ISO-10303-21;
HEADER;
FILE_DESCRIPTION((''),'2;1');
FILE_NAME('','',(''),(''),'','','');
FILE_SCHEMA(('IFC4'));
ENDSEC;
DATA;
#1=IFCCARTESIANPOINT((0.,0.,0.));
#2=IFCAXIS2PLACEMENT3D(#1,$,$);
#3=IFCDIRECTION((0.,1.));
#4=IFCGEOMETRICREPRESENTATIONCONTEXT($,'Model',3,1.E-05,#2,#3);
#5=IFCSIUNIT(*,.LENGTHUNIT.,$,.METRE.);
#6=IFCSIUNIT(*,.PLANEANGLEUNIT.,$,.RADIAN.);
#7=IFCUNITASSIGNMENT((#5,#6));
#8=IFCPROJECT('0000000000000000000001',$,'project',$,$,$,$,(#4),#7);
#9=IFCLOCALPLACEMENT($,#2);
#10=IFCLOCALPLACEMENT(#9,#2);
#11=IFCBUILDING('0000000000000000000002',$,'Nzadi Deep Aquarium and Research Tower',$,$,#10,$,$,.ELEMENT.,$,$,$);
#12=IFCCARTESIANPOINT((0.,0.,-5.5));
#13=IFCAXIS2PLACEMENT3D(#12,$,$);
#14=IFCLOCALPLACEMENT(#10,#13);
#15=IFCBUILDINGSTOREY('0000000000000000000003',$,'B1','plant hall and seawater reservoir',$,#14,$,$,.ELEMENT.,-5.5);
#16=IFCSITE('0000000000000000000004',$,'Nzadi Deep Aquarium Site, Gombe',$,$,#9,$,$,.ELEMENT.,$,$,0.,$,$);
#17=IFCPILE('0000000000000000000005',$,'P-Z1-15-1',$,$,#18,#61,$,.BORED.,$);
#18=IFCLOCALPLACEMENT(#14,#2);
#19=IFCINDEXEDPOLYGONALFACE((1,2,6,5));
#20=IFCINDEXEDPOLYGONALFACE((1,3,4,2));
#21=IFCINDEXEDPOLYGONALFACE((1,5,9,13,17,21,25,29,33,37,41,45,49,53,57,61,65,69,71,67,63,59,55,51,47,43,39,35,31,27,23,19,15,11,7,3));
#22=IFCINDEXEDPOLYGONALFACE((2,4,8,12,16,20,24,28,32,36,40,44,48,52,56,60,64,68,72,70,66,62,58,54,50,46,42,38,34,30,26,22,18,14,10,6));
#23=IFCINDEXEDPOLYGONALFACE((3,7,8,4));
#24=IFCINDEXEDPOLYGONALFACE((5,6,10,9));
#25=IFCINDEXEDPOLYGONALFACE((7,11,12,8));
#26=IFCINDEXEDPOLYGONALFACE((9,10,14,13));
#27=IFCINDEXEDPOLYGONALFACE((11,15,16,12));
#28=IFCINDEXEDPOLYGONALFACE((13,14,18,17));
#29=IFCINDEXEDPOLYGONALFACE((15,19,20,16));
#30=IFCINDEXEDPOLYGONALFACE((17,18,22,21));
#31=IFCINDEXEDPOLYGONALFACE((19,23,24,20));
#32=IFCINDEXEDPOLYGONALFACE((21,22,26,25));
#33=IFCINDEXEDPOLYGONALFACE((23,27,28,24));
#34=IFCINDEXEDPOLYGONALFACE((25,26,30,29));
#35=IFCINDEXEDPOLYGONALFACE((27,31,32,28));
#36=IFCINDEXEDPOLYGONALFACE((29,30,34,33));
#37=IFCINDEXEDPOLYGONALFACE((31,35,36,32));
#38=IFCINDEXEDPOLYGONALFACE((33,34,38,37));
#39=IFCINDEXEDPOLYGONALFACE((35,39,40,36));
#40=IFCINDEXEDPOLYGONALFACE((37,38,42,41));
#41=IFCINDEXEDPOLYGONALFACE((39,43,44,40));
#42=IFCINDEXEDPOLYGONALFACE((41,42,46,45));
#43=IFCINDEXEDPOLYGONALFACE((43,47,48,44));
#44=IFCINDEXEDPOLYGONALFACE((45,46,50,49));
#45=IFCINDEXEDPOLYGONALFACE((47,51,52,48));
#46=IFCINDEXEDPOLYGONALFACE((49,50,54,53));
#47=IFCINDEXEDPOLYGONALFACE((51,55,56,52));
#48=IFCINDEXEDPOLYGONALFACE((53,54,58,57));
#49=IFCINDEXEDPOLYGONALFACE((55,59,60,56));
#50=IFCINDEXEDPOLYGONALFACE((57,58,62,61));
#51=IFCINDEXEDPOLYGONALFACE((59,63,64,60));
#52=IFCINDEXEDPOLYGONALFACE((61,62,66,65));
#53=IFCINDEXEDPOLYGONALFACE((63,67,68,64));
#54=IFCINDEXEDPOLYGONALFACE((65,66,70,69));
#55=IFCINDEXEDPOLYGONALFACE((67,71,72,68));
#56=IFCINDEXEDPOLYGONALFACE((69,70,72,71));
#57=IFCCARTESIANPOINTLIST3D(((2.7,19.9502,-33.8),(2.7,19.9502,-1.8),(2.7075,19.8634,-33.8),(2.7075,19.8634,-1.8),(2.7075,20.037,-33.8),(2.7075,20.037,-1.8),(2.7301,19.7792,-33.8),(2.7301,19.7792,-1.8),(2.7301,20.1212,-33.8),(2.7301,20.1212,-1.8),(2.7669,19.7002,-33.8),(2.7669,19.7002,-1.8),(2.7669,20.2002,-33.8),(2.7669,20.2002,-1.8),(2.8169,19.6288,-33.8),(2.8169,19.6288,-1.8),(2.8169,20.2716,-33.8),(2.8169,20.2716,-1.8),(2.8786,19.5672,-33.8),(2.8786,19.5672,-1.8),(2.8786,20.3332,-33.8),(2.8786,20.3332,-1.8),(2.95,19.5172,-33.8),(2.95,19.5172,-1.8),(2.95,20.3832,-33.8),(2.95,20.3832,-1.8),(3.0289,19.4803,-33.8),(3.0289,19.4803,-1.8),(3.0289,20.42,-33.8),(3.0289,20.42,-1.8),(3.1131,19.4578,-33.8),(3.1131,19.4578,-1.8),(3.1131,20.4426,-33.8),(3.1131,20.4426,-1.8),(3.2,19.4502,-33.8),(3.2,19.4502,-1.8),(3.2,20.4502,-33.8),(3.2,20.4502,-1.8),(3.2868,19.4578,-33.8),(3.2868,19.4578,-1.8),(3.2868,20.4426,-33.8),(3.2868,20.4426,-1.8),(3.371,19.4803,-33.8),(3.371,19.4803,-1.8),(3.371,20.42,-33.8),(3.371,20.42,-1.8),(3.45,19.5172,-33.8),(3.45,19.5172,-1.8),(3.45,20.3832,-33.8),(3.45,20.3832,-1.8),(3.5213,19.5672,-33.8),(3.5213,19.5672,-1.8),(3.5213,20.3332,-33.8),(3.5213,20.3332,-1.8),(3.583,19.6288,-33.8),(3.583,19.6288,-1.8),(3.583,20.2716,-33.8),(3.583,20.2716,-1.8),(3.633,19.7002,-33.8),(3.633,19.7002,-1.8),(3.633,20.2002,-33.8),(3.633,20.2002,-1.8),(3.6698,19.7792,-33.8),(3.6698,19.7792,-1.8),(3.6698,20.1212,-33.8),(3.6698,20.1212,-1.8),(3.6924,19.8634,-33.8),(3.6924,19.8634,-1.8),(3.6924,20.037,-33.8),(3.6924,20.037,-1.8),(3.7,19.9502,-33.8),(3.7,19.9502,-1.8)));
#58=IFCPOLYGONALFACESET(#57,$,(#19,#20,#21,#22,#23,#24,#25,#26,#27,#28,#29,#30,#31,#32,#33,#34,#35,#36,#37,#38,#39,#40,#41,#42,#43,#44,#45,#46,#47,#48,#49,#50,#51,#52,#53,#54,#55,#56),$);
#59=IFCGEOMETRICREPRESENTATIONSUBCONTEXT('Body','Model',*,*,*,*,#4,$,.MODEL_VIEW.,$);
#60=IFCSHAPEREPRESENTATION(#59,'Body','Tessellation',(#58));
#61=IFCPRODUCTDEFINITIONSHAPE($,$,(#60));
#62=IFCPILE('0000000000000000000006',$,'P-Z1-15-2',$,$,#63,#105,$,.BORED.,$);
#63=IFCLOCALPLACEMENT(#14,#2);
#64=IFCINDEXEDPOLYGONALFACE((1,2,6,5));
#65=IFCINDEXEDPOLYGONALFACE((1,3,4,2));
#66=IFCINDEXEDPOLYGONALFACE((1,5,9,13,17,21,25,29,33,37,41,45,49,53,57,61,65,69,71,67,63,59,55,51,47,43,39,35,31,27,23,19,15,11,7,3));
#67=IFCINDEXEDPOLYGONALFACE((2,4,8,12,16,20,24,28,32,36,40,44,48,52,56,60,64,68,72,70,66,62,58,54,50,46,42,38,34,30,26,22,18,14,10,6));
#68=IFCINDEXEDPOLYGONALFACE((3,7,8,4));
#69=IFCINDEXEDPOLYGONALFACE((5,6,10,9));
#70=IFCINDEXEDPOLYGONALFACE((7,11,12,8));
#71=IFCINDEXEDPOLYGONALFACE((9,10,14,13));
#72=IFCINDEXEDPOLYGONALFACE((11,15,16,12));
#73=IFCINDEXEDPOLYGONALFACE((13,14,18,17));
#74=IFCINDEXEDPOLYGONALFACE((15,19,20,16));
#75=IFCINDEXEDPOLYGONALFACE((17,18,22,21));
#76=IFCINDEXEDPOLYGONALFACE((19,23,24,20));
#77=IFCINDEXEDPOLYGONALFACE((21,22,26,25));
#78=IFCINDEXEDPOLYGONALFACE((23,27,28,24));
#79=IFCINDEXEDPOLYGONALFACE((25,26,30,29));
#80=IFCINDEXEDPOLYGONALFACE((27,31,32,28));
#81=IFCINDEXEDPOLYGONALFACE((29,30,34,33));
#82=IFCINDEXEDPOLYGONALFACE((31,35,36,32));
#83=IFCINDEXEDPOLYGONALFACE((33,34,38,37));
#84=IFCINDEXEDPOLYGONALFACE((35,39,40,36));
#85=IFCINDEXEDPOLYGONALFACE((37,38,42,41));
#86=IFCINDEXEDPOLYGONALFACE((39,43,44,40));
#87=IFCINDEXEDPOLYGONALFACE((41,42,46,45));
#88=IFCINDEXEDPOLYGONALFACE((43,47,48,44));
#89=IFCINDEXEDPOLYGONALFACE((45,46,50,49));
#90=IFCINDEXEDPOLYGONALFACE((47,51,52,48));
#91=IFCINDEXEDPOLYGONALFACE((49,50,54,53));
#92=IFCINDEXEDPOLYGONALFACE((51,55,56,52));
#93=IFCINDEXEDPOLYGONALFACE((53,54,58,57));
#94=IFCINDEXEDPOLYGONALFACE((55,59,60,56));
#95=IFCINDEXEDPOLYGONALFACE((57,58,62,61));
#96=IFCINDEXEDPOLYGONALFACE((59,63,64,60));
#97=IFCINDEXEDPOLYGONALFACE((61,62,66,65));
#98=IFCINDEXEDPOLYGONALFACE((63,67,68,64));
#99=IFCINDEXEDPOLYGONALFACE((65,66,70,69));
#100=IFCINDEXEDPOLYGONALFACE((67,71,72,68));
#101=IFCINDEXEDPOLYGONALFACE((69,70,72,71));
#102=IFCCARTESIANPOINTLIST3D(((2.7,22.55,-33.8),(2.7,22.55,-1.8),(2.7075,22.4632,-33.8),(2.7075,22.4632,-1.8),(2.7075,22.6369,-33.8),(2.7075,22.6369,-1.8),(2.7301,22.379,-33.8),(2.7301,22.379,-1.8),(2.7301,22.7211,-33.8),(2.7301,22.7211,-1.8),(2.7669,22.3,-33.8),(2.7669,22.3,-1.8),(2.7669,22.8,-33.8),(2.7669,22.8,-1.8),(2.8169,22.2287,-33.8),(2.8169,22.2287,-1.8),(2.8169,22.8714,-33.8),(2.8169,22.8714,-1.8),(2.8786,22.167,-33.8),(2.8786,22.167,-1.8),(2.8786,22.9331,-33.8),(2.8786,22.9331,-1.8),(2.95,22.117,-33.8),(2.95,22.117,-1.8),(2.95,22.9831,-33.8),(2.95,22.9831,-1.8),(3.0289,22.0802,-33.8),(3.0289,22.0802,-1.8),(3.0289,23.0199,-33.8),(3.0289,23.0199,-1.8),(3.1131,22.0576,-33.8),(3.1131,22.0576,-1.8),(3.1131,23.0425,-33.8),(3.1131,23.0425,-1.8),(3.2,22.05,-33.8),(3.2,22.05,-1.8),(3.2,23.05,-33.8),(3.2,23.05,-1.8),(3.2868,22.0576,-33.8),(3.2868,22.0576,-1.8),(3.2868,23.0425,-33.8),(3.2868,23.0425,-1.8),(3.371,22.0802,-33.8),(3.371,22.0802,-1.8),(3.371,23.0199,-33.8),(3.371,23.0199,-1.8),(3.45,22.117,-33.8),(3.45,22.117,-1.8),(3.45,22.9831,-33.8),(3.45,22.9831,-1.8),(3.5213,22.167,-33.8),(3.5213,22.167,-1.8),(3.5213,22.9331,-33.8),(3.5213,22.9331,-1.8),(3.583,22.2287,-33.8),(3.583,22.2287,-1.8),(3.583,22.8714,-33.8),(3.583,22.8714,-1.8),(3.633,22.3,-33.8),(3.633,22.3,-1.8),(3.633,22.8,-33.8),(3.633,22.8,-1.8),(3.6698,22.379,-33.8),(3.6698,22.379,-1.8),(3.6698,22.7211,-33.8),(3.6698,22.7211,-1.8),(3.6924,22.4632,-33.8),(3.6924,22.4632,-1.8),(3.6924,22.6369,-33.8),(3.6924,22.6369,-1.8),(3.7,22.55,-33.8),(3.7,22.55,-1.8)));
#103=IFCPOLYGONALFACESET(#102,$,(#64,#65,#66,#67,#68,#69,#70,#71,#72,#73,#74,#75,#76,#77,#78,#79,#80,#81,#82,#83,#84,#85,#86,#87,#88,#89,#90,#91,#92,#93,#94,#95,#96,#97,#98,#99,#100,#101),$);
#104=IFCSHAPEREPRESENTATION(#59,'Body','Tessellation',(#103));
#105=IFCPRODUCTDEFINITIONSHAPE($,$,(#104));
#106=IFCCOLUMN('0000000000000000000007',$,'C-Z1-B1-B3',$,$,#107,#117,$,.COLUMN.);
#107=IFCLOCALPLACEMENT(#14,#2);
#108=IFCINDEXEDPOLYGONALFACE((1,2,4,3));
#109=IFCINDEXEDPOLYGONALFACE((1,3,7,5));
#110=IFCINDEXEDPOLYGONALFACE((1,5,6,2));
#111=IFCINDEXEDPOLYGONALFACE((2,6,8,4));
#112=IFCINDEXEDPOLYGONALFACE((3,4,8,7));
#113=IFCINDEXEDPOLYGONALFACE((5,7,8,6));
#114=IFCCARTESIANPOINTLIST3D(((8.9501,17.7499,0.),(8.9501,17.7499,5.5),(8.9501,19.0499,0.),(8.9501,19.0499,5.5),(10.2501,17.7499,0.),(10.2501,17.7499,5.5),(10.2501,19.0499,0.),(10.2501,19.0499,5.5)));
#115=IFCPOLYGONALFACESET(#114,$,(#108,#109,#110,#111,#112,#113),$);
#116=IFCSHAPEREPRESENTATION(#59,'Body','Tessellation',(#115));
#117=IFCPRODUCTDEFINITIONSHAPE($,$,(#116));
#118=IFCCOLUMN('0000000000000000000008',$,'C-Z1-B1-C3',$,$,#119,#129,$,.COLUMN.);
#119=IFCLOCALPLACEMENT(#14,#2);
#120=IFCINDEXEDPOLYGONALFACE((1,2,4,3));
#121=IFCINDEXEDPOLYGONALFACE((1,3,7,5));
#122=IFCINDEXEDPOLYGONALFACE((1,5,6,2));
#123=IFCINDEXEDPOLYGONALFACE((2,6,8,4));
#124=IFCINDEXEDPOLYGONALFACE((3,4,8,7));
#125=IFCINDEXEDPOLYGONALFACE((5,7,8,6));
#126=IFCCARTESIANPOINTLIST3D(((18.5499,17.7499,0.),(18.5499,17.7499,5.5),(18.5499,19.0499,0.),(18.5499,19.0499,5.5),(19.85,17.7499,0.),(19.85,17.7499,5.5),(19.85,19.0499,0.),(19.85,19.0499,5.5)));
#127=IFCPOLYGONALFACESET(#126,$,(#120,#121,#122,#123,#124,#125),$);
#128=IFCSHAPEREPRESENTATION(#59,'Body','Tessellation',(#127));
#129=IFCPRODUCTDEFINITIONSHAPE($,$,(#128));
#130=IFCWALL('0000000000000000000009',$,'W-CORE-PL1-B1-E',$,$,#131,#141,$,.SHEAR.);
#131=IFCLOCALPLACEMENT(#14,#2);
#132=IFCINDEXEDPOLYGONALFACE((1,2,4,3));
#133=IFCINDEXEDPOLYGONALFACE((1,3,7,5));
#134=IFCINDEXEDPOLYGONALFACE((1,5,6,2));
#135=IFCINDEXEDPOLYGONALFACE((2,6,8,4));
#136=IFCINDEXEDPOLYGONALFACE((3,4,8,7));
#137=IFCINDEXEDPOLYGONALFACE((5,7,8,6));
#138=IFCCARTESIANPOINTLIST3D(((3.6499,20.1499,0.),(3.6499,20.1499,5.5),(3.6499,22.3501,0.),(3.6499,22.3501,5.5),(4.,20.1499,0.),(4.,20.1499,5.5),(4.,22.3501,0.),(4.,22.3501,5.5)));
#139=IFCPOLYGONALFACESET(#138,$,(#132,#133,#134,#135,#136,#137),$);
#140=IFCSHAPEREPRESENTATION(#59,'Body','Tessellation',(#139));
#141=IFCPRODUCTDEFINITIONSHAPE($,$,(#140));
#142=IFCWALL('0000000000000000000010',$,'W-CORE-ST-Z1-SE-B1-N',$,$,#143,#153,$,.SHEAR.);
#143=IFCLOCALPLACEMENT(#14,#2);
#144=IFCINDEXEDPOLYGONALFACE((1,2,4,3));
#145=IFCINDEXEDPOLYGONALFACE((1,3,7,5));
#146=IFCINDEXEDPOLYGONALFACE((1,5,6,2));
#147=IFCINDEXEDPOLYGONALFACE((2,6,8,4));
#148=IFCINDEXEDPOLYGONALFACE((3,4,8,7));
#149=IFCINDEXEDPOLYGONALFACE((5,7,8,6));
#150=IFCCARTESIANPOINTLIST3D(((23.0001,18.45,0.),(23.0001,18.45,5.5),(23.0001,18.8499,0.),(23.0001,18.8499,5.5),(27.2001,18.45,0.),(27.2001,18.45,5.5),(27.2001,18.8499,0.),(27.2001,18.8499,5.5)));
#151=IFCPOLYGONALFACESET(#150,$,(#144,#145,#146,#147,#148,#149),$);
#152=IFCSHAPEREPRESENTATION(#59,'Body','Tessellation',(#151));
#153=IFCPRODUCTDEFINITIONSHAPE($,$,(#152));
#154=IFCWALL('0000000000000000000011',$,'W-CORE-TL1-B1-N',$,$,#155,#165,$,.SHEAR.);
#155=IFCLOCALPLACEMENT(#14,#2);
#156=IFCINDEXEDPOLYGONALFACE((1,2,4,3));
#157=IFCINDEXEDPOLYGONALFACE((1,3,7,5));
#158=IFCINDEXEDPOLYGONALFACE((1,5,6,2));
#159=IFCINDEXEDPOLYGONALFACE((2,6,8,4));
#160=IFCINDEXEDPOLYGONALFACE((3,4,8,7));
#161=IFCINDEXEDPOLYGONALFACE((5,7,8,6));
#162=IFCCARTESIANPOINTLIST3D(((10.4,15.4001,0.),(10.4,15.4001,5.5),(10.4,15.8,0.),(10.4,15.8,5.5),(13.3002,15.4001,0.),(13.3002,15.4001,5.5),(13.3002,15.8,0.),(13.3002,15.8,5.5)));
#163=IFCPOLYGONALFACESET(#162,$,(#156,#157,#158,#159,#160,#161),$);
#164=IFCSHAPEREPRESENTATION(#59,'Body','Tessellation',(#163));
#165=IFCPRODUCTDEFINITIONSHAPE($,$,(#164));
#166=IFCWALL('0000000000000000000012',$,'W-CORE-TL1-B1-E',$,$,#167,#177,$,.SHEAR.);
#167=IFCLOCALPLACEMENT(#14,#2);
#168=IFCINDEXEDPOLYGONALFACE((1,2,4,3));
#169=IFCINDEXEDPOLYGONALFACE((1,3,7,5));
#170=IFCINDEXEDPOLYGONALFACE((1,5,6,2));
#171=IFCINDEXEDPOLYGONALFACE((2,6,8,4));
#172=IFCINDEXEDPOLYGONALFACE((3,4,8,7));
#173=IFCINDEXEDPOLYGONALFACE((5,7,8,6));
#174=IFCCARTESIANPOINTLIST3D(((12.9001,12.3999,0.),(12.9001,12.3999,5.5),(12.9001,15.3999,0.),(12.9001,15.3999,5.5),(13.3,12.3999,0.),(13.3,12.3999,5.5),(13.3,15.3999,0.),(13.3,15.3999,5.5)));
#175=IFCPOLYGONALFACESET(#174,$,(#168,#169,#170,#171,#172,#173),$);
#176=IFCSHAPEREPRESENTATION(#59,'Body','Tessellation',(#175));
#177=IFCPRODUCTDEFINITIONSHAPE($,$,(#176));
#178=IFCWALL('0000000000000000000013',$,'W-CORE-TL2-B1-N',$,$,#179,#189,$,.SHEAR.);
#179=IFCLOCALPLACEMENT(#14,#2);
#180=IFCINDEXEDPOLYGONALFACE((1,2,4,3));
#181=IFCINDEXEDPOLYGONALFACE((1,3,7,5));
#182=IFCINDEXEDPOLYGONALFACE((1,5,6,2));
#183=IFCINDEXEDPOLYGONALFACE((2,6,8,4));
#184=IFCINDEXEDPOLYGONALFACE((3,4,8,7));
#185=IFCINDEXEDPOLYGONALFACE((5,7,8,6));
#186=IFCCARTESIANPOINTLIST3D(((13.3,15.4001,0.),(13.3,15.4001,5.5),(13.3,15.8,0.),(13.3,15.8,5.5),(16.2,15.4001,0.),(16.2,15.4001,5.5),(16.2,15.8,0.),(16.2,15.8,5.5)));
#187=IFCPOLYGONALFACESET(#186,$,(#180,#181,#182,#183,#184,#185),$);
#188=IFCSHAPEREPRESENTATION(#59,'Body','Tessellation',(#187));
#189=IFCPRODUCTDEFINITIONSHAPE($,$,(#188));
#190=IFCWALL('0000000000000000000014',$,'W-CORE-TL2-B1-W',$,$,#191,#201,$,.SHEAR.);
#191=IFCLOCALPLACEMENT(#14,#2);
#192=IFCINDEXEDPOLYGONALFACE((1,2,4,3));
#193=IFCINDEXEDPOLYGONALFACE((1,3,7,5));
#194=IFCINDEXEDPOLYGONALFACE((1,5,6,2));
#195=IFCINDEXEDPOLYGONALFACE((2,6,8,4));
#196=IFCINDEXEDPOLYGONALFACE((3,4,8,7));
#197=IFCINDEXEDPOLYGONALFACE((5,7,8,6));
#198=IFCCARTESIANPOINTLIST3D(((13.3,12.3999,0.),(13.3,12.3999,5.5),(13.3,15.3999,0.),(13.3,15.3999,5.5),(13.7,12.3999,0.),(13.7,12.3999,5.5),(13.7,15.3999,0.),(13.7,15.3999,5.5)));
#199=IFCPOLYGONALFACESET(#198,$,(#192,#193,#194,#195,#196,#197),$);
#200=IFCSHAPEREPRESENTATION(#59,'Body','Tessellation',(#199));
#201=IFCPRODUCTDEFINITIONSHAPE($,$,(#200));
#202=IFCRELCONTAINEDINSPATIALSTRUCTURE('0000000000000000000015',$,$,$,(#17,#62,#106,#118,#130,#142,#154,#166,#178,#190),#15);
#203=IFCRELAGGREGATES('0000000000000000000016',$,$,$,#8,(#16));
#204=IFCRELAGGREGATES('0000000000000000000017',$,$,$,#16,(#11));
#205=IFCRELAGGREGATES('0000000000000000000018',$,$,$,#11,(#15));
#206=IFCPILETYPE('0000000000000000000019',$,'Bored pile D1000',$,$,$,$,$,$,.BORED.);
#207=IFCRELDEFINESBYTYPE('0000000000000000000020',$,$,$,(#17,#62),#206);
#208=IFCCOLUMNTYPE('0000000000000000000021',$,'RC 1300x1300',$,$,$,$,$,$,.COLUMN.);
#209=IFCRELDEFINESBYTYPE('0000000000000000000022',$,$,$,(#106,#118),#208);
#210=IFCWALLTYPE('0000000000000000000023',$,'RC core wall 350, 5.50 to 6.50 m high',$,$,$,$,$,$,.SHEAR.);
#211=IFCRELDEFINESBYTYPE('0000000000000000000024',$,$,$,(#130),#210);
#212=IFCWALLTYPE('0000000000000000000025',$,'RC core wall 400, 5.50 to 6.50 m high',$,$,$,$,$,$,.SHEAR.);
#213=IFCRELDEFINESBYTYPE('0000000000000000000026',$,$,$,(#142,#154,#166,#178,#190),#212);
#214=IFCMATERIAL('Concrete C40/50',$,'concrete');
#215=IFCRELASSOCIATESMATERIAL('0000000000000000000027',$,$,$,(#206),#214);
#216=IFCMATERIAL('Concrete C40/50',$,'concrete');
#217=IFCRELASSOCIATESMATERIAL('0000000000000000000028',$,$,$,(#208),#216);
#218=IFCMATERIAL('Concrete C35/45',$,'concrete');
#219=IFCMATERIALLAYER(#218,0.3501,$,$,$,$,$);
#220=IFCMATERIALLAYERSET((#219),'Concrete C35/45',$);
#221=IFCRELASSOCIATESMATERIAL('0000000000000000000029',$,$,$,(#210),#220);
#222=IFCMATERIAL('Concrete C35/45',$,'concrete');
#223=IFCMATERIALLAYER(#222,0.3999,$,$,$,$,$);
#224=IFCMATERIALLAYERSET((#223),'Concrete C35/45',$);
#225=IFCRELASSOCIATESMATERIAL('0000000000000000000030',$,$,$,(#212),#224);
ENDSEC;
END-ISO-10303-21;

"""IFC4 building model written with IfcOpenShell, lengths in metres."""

from ifc_helpers import new_model, si_unit, direction, frame, frame_2d, origin, origin_2d, place, context, subcontext, project, spatial, rectangle, circle, extrude, material, layer, layer_set, material_profile, profile_set, type_object, element, save


model = new_model("IFC4")

# Units and contexts
model_context = context("Model", 3, precision=1e-05, world=origin(), true_north=direction((0.0, 1.0)))
body_context = subcontext(model_context, "Body", "Model", "MODEL_VIEW")
ifc_project = project(units=[si_unit("LENGTHUNIT", "METRE"), si_unit("PLANEANGLEUNIT", "RADIAN")], contexts=[model_context])

# Site, building, storey
site_placement = place(None, origin())
site = spatial("IfcSite", under=ifc_project, at=site_placement, Name="Nzadi Deep Aquarium Site, Gombe", CompositionType="ELEMENT", RefElevation=0.0)
building_placement = place(site_placement, origin())
building = spatial("IfcBuilding", under=site, at=building_placement, Name="Nzadi Deep Aquarium and Research Tower", CompositionType="ELEMENT")
storey_placement = place(building_placement, frame((0.0, 0.0, -5.5)))
storey = spatial("IfcBuildingStorey", under=building, at=storey_placement, Name="B1", Description="plant hall and seawater reservoir", CompositionType="ELEMENT", Elevation=-5.5)

# Piles
ifc_material_1 = material(Name="Concrete C40/50", Category="concrete")
ifc_material_profile_1 = material_profile(ifc_material_1, circle(Radius=0.5, at=origin_2d()))
ifc_profile_set_1 = profile_set([ifc_material_profile_1], Name="Concrete C40/50")
pile_type = type_object("IfcPileType", Name="Bored pile D1000", PredefinedType="BORED", material=ifc_profile_set_1)
for number, where, z_axis, x_axis, name in (
    (1, (3.2, 19.9502, -1.8), (0.0, 0.0, -1.0), (1.0, 0.0, 0.0), "P-Z1-15-1"),
    (2, (3.2, 22.55, -1.8), (0.0, 0.0, -1.0), (1.0, 0.0, 0.0), "P-Z1-15-2"),
):
    element("IfcPile", number, at=place(storey_placement, frame(where, z_axis=z_axis, x_axis=x_axis)), inside=storey, type_object=pile_type, Name=name, PredefinedType="BORED", context=body_context, shape_type="SweptSolid", body=[
        extrude(circle(Radius=0.5, at=origin_2d()), origin(), (0.0, 0.0, 1.0), 32.0),
    ])

# Columns
ifc_material_2 = material(Name="Concrete C40/50", Category="concrete")
ifc_material_profile_2 = material_profile(ifc_material_2, rectangle(XDim=1.3, YDim=1.3, at=origin_2d()))
ifc_profile_set_2 = profile_set([ifc_material_profile_2], Name="Concrete C40/50")
column_type = type_object("IfcColumnType", Name="RC 1300x1300", PredefinedType="COLUMN", material=ifc_profile_set_2)
for number, where, z_axis, x_axis, name in (
    (3, (9.6001, 18.3999, 0.0), (0.0, 0.0, 1.0), (1.0, 0.0, 0.0), "C-Z1-B1-B3"),
    (4, (19.2, 18.3999, 0.0), (0.0, 0.0, 1.0), (1.0, 0.0, 0.0), "C-Z1-B1-C3"),
):
    element("IfcColumn", number, at=place(storey_placement, frame(where, z_axis=z_axis, x_axis=x_axis)), inside=storey, type_object=column_type, Name=name, PredefinedType="COLUMN", context=body_context, shape_type="SweptSolid", body=[
        extrude(rectangle(XDim=1.3, YDim=1.3, at=origin_2d()), origin(), (0.0, 0.0, 1.0), 5.5),
    ])

# Walls
ifc_material_3 = material(Name="Concrete C35/45", Category="concrete")
ifc_layer_1 = layer(ifc_material_3, 0.3501)
ifc_layer_set_1 = layer_set([ifc_layer_1], Name="Concrete C35/45")
wall_type_1 = type_object("IfcWallType", Name="RC core wall 350, 5.50 to 6.50 m high", PredefinedType="SHEAR", material=ifc_layer_set_1)
wall_1_placement = place(storey_placement, frame((3.825, 20.1499, 0.0), z_axis=(0.0, 0.0, 1.0), x_axis=(0.0, 1.0, 0.0)))
element("IfcWall", 5, at=wall_1_placement, inside=storey, type_object=wall_type_1, Name="W-CORE-PL1-B1-E", PredefinedType="SHEAR", context=body_context, shape_type="SweptSolid", body=[
    extrude(rectangle(XDim=2.2002, YDim=0.3501, at=frame_2d((1.1001, 0.0))), origin(), (0.0, 0.0, 1.0), 5.5),
])
ifc_material_4 = material(Name="Concrete C35/45", Category="concrete")
ifc_layer_2 = layer(ifc_material_4, 0.3999)
ifc_layer_set_2 = layer_set([ifc_layer_2], Name="Concrete C35/45")
wall_type_2 = type_object("IfcWallType", Name="RC core wall 400, 5.50 to 6.50 m high", PredefinedType="SHEAR", material=ifc_layer_set_2)
wall_2_placement = place(storey_placement, frame((23.0, 18.6499, 0.0), z_axis=(0.0, 0.0, 1.0), x_axis=(1.0, 0.0, 0.0)))
element("IfcWall", 6, at=wall_2_placement, inside=storey, type_object=wall_type_2, Name="W-CORE-ST-Z1-SE-B1-N", PredefinedType="SHEAR", context=body_context, shape_type="SweptSolid", body=[
    extrude(rectangle(XDim=4.2, YDim=0.3999, at=frame_2d((2.1001, 0.0))), origin(), (0.0, 0.0, 1.0), 5.5),
])
wall_3_placement = place(storey_placement, frame((10.3999, 15.6001, 0.0), z_axis=(0.0, 0.0, 1.0), x_axis=(1.0, 0.0, 0.0)))
element("IfcWall", 7, at=wall_3_placement, inside=storey, type_object=wall_type_2, Name="W-CORE-TL1-B1-N", PredefinedType="SHEAR", context=body_context, shape_type="SweptSolid", body=[
    extrude(rectangle(XDim=2.9001, YDim=0.3999, at=frame_2d((1.4502, 0.0))), origin(), (0.0, 0.0, 1.0), 5.5),
])
wall_4_placement = place(storey_placement, frame((13.1001, 12.3999, 0.0), z_axis=(0.0, 0.0, 1.0), x_axis=(0.0, 1.0, 0.0)))
element("IfcWall", 8, at=wall_4_placement, inside=storey, type_object=wall_type_2, Name="W-CORE-TL1-B1-E", PredefinedType="SHEAR", context=body_context, shape_type="SweptSolid", body=[
    extrude(rectangle(XDim=3.0, YDim=0.3999, at=frame_2d((1.5, 0.0))), origin(), (0.0, 0.0, 1.0), 5.5),
])
wall_5_placement = place(storey_placement, frame((13.3, 15.6001, 0.0), z_axis=(0.0, 0.0, 1.0), x_axis=(1.0, 0.0, 0.0)))
element("IfcWall", 9, at=wall_5_placement, inside=storey, type_object=wall_type_2, Name="W-CORE-TL2-B1-N", PredefinedType="SHEAR", context=body_context, shape_type="SweptSolid", body=[
    extrude(rectangle(XDim=2.8999, YDim=0.3999, at=frame_2d((1.45, 0.0))), origin(), (0.0, 0.0, 1.0), 5.5),
])
for number, where, z_axis, x_axis, name in (
    (10, (13.5, 12.3999, 0.0), (0.0, 0.0, 1.0), (0.0, 1.0, 0.0), "W-CORE-TL2-B1-W"),
):
    element("IfcWall", number, at=place(storey_placement, frame(where, z_axis=z_axis, x_axis=x_axis)), inside=storey, type_object=wall_type_2, Name=name, PredefinedType="SHEAR", context=body_context, shape_type="SweptSolid", body=[
        extrude(rectangle(XDim=3.0, YDim=0.3999, at=frame_2d((1.5, 0.0))), origin(), (0.0, 0.0, 1.0), 5.5),
    ])

save(model, "model.ifc")
